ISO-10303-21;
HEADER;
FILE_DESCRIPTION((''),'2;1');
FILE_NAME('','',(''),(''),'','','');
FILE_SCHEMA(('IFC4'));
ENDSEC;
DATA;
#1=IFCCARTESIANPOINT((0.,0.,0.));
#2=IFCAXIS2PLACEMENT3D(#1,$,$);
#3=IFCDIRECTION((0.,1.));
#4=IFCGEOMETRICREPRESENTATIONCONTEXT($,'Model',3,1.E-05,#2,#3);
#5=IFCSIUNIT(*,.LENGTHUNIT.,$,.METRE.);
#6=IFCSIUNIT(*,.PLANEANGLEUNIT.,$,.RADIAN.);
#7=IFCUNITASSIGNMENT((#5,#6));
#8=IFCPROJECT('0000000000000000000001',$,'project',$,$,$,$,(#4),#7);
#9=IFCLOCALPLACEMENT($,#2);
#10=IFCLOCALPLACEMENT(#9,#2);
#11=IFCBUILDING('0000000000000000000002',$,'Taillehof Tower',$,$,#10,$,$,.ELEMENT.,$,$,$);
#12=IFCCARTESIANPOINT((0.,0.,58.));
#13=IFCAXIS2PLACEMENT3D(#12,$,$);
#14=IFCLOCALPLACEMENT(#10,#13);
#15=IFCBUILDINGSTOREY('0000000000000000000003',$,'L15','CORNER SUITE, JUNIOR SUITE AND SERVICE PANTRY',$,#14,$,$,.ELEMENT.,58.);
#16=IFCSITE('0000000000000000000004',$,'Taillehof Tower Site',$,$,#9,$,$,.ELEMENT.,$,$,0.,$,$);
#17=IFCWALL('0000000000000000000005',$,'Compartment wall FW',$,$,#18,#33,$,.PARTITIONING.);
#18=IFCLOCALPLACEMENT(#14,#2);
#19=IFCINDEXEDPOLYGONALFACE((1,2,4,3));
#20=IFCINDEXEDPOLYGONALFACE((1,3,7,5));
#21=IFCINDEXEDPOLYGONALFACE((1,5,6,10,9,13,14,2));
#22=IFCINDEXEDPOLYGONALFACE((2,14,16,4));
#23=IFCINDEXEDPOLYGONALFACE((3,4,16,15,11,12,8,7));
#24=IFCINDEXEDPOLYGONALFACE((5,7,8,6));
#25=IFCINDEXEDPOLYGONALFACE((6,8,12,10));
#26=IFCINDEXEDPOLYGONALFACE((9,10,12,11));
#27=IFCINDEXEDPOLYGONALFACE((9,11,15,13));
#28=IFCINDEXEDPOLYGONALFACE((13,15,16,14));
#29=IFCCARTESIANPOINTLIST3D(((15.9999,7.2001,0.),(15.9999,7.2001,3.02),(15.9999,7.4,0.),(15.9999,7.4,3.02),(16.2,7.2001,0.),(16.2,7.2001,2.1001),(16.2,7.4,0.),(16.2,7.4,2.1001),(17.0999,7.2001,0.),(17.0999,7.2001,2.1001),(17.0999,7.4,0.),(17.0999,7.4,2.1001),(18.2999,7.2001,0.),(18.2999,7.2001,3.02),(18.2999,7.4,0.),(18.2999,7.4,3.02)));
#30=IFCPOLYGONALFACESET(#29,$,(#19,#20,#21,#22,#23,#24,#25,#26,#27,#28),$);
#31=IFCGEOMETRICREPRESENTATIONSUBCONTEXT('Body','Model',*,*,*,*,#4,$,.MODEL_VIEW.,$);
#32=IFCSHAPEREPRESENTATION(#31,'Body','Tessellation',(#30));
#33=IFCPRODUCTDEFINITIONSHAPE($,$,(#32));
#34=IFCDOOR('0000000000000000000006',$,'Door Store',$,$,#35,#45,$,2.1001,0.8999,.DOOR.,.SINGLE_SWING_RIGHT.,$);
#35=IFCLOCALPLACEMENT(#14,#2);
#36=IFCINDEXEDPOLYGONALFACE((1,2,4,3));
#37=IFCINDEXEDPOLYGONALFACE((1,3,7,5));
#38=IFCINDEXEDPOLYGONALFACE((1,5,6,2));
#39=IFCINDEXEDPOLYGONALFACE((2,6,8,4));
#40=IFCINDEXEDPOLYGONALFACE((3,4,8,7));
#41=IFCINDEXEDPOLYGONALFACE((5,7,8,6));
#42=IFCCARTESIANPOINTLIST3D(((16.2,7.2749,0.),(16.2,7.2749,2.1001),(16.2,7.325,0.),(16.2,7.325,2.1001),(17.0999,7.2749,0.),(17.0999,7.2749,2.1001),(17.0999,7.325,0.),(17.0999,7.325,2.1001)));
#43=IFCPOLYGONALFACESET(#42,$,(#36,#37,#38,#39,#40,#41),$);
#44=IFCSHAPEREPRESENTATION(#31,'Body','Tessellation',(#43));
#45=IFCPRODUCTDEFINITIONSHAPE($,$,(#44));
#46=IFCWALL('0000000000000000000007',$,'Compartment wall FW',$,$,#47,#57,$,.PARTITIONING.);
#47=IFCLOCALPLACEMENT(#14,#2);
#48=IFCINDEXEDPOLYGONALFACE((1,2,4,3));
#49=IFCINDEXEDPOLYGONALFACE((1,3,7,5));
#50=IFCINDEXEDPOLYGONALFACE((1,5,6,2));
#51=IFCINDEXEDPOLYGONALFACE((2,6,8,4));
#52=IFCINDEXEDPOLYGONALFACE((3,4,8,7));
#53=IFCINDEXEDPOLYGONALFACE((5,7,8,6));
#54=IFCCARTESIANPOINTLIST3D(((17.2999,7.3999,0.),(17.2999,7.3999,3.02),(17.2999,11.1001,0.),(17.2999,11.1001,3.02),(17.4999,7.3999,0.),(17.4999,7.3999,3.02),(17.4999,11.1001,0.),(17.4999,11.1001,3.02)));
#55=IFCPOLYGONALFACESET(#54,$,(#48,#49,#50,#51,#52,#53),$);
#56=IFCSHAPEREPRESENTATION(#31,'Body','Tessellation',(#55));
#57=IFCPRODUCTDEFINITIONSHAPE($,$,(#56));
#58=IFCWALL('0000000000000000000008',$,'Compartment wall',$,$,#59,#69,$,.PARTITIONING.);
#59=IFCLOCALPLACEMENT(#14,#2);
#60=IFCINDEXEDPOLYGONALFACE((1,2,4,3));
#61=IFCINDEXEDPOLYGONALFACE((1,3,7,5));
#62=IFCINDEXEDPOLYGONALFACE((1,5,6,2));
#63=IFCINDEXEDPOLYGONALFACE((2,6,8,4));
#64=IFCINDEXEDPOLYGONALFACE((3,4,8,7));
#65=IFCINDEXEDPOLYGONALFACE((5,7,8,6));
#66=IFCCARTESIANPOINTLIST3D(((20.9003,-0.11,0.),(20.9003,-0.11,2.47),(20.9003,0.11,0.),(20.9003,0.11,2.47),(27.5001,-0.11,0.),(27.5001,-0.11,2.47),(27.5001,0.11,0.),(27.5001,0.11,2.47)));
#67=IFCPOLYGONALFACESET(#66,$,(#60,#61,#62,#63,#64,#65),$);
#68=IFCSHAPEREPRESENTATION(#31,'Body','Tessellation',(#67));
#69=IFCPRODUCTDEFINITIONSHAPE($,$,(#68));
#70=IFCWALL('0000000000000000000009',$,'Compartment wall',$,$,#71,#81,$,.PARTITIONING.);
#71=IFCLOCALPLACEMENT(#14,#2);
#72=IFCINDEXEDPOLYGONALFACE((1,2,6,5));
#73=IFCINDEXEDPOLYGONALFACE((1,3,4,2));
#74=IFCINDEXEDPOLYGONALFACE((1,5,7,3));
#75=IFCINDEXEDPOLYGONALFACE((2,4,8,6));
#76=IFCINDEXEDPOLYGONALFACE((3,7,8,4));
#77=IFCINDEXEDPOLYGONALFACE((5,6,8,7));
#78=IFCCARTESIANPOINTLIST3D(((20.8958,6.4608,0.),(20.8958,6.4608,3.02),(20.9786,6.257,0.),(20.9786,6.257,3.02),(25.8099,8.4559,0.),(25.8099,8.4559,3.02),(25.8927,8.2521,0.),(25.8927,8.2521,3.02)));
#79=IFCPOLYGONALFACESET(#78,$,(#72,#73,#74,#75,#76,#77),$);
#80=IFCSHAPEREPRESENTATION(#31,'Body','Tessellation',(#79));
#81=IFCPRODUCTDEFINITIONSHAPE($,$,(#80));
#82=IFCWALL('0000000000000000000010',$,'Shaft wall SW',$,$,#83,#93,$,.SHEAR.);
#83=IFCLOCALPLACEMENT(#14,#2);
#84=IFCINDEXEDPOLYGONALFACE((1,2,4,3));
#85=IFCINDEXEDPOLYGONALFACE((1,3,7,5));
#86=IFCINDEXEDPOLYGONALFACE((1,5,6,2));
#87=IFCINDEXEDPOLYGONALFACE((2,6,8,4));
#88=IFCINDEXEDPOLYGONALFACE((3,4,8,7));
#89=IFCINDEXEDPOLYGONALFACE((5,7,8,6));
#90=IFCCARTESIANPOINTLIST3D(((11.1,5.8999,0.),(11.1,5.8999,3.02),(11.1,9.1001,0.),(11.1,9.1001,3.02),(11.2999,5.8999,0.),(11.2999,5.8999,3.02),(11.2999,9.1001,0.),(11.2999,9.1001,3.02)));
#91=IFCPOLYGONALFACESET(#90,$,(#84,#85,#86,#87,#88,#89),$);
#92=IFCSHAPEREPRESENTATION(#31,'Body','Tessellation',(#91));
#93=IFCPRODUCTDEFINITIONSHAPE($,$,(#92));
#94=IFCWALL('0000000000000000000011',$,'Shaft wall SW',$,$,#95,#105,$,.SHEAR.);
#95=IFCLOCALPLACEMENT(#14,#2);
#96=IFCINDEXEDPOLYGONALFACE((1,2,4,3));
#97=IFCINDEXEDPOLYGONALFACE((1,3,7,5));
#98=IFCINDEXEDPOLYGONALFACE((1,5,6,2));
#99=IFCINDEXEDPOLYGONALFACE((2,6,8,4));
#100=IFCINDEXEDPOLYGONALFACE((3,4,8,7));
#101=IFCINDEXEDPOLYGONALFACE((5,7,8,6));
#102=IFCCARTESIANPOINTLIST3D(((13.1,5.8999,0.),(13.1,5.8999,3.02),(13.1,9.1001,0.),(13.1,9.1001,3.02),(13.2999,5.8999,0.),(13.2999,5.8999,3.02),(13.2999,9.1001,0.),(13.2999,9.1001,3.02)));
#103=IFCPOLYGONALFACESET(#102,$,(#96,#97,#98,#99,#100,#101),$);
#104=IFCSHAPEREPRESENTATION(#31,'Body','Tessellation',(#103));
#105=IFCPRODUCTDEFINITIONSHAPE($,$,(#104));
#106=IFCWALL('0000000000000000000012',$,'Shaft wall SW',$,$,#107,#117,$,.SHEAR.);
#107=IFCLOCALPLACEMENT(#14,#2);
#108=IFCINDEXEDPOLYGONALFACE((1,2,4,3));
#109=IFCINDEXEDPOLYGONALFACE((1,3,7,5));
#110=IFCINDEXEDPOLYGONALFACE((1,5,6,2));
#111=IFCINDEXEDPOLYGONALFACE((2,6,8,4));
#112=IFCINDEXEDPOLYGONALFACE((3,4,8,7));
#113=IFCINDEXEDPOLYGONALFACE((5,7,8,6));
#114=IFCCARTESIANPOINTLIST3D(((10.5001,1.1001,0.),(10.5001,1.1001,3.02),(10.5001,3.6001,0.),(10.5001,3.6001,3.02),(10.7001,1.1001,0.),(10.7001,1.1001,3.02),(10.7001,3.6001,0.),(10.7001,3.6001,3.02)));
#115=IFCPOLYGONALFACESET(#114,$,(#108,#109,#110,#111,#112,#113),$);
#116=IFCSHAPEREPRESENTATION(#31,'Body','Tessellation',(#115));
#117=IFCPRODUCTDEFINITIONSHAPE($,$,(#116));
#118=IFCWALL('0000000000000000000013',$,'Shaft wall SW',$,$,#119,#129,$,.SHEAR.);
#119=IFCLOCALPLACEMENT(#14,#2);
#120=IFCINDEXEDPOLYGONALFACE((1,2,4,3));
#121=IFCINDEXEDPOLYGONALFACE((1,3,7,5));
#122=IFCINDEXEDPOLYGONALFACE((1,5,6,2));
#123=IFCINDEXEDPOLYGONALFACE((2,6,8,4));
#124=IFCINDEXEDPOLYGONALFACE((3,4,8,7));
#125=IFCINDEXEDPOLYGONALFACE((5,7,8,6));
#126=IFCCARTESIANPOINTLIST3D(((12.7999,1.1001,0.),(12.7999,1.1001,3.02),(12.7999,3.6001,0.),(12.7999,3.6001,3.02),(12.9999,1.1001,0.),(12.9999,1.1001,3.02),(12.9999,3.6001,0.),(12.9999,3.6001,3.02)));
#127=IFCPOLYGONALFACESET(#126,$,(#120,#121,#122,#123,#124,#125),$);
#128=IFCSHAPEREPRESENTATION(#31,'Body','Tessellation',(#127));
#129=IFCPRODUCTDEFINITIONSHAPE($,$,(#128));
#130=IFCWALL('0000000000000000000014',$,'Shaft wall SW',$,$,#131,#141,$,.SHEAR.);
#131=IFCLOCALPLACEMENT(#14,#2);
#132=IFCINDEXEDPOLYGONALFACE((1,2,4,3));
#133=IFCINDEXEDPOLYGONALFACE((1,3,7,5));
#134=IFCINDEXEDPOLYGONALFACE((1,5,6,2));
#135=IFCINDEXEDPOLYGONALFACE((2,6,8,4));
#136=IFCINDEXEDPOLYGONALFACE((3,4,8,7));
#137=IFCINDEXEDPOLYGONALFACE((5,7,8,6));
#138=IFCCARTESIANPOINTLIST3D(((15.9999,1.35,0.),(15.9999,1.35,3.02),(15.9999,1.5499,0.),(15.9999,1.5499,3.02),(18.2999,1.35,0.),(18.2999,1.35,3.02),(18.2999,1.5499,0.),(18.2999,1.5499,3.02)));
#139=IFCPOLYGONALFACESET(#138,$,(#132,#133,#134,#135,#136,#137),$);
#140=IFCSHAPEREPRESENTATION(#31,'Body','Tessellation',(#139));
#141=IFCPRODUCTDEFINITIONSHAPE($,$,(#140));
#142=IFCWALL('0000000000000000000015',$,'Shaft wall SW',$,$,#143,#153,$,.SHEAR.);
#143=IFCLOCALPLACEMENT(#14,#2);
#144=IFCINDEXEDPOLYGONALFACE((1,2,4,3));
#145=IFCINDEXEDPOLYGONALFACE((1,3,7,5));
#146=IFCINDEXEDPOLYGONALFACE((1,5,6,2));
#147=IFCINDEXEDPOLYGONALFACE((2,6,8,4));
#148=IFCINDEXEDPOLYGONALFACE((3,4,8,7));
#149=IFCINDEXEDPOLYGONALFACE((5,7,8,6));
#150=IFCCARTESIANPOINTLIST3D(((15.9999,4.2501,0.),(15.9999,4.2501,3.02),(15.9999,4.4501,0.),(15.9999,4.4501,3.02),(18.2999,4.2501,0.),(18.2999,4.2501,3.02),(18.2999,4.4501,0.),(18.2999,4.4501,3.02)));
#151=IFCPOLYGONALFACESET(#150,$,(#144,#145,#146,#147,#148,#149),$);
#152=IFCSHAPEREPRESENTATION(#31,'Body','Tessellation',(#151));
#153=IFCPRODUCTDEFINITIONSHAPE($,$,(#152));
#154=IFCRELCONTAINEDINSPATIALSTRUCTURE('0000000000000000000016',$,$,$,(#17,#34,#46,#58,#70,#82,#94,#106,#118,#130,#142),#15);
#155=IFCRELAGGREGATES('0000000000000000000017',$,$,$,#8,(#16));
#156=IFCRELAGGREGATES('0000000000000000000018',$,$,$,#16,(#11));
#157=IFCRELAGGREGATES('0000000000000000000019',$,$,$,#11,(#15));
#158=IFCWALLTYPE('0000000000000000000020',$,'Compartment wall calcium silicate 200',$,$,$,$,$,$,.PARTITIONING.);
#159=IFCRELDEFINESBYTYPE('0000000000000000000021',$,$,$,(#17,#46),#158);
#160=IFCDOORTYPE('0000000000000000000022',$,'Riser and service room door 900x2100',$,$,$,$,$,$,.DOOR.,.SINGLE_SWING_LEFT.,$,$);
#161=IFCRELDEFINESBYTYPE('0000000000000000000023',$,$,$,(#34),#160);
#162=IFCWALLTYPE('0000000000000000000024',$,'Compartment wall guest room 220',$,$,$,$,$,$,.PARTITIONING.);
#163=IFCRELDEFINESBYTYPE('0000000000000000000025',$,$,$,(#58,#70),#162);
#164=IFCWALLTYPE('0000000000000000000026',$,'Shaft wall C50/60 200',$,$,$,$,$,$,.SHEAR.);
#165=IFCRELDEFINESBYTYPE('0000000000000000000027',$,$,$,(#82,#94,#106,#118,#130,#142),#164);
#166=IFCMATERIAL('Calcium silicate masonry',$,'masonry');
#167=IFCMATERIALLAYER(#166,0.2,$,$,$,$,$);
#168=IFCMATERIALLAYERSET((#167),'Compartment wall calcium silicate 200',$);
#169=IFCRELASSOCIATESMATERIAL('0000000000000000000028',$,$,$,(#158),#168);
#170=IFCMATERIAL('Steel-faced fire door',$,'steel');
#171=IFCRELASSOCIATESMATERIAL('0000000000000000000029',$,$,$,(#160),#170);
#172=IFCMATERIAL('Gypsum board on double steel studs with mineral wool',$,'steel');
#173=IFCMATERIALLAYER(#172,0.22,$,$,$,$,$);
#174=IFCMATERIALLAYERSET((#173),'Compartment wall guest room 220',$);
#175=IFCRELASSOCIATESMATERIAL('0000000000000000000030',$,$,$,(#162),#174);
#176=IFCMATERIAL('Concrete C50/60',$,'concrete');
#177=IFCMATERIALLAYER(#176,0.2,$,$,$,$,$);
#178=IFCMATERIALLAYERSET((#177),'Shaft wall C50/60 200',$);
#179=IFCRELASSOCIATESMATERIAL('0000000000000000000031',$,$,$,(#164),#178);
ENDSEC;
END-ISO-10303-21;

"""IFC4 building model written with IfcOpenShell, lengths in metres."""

from ifc_helpers import new_model, si_unit, direction, frame, frame_2d, origin, place, context, subcontext, project, spatial, rectangle, extrude, material, layer, layer_set, type_object, element, fill, save


model = new_model("IFC4")

# Units and contexts
model_context = context("Model", 3, precision=1e-05, world=origin(), true_north=direction((0.0, 1.0)))
body_context = subcontext(model_context, "Body", "Model", "MODEL_VIEW")
ifc_project = project(units=[si_unit("LENGTHUNIT", "METRE"), si_unit("PLANEANGLEUNIT", "RADIAN")], contexts=[model_context])

# Site, building, storey
site_placement = place(None, origin())
site = spatial("IfcSite", under=ifc_project, at=site_placement, Name="Taillehof Tower Site", CompositionType="ELEMENT", RefElevation=0.0)
building_placement = place(site_placement, origin())
building = spatial("IfcBuilding", under=site, at=building_placement, Name="Taillehof Tower", CompositionType="ELEMENT")
storey_placement = place(building_placement, frame((0.0, 0.0, 58.0)))
storey = spatial("IfcBuildingStorey", under=building, at=storey_placement, Name="L15", Description="CORNER SUITE, JUNIOR SUITE AND SERVICE PANTRY", CompositionType="ELEMENT", Elevation=58.0)

# Wall, opening, door
ifc_material_1 = material(Name="Calcium silicate masonry", Category="masonry")
ifc_layer_1 = layer(ifc_material_1, 0.2)
ifc_layer_set_1 = layer_set([ifc_layer_1], Name="Compartment wall calcium silicate 200")
wall_type_1 = type_object("IfcWallType", Name="Compartment wall calcium silicate 200", PredefinedType="PARTITIONING", material=ifc_layer_set_1)
wall_1_placement = place(storey_placement, frame((16.0, 7.3, 0.0), z_axis=(0.0, 0.0, 1.0), x_axis=(1.0, 0.0, 0.0)))
wall_1 = element("IfcWall", 1, at=wall_1_placement, inside=storey, type_object=wall_type_1, Name="Compartment wall FW", PredefinedType="PARTITIONING", context=body_context, shape_type="SweptSolid", body=[
    extrude(rectangle(XDim=2.3, YDim=0.2, at=frame_2d((1.1499, 0.0))), origin(), (0.0, 0.0, 1.0), 3.02),
])
opening_1_placement = place(wall_1_placement, frame((0.2, 0.0, 0.0)))
opening_1 = element("IfcOpeningElement", 2, at=opening_1_placement, cuts=wall_1, PredefinedType="OPENING", context=body_context, shape_type="SweptSolid", body=[
    extrude(rectangle(XDim=0.8999, YDim=2.1001, at=frame_2d((0.45, 1.05))), frame((0.0, 0.1099, 0.0), z_axis=(0.0, -1.0, 0.0), x_axis=(1.0, 0.0, 0.0)), (0.0, 0.0, 1.0), 0.22),
])
ifc_material_2 = material(Name="Steel-faced fire door", Category="steel")
door_type = type_object("IfcDoorType", Name="Riser and service room door 900x2100", OperationType="SINGLE_SWING_LEFT", PredefinedType="DOOR", material=ifc_material_2)
door_placement = place(opening_1_placement, origin())
door = element("IfcDoor", 3, at=door_placement, inside=storey, type_object=door_type, Name="Door Store", OperationType="SINGLE_SWING_RIGHT", OverallHeight=2.1001, OverallWidth=0.8999, PredefinedType="DOOR", context=body_context, shape_type="SweptSolid", body=[
    extrude(rectangle(XDim=0.8999, YDim=2.1001, at=frame_2d((0.45, 1.05))), frame((0.0, 0.0249, 0.0), z_axis=(0.0, -1.0, 0.0), x_axis=(1.0, 0.0, 0.0)), (0.0, 0.0, 1.0), 0.05),
])
fill(opening_1, door)

# Walls
wall_2_placement = place(storey_placement, frame((17.3999, 7.3999, 0.0), z_axis=(0.0, 0.0, 1.0), x_axis=(0.0, 1.0, 0.0)))
element("IfcWall", 4, at=wall_2_placement, inside=storey, type_object=wall_type_1, Name="Compartment wall FW", PredefinedType="PARTITIONING", context=body_context, shape_type="SweptSolid", body=[
    extrude(rectangle(XDim=3.7002, YDim=0.2, at=frame_2d((1.8501, 0.0))), origin(), (0.0, 0.0, 1.0), 3.02),
])
ifc_material_3 = material(Name="Gypsum board on double steel studs with mineral wool", Category="steel")
ifc_layer_2 = layer(ifc_material_3, 0.22)
ifc_layer_set_2 = layer_set([ifc_layer_2], Name="Compartment wall guest room 220")
wall_type_2 = type_object("IfcWallType", Name="Compartment wall guest room 220", PredefinedType="PARTITIONING", material=ifc_layer_set_2)
wall_3_placement = place(storey_placement, frame((27.5, 0.0, 0.0), z_axis=(0.0, 0.0, 1.0), x_axis=(-1.0, 0.0, 0.0)))
element("IfcWall", 5, at=wall_3_placement, inside=storey, type_object=wall_type_2, Name="Compartment wall", PredefinedType="PARTITIONING", context=body_context, shape_type="SweptSolid", body=[
    extrude(rectangle(XDim=6.5999, YDim=0.22, at=frame_2d((3.2998, 0.0))), origin(), (0.0, 0.0, 1.0), 2.47),
])
wall_4_placement = place(storey_placement, frame((25.8513, 8.354, 0.0), z_axis=(0.0, 0.0, 1.0), x_axis=(-0.926547, -0.376179, 0.0)))
element("IfcWall", 6, at=wall_4_placement, inside=storey, type_object=wall_type_2, Name="Compartment wall", PredefinedType="PARTITIONING", context=body_context, shape_type="SweptSolid", body=[
    extrude(rectangle(XDim=5.3037, YDim=0.22, at=frame_2d((2.6519, 0.0))), origin(), (0.0, 0.0, 1.0), 3.02),
])
ifc_material_4 = material(Name="Concrete C50/60", Category="concrete")
ifc_layer_3 = layer(ifc_material_4, 0.2)
ifc_layer_set_3 = layer_set([ifc_layer_3], Name="Shaft wall C50/60 200")
wall_type_3 = type_object("IfcWallType", Name="Shaft wall C50/60 200", PredefinedType="SHEAR", material=ifc_layer_set_3)
for number, where, z_axis, x_axis, name in (
    (7, (11.2, 5.8999, 0.0), (0.0, 0.0, 1.0), (0.0, 1.0, 0.0), "Shaft wall SW"),
    (8, (13.2, 5.8999, 0.0), (0.0, 0.0, 1.0), (0.0, 1.0, 0.0), "Shaft wall SW"),
):
    element("IfcWall", number, at=place(storey_placement, frame(where, z_axis=z_axis, x_axis=x_axis)), inside=storey, type_object=wall_type_3, Name=name, PredefinedType="SHEAR", context=body_context, shape_type="SweptSolid", body=[
        extrude(rectangle(XDim=3.2002, YDim=0.2, at=frame_2d((1.6001, 0.0))), origin(), (0.0, 0.0, 1.0), 3.02),
    ])
for number, where, z_axis, x_axis, name in (
    (9, (10.6001, 1.1001, 0.0), (0.0, 0.0, 1.0), (0.0, 1.0, 0.0), "Shaft wall SW"),
    (10, (12.8999, 1.1001, 0.0), (0.0, 0.0, 1.0), (0.0, 1.0, 0.0), "Shaft wall SW"),
):
    element("IfcWall", number, at=place(storey_placement, frame(where, z_axis=z_axis, x_axis=x_axis)), inside=storey, type_object=wall_type_3, Name=name, PredefinedType="SHEAR", context=body_context, shape_type="SweptSolid", body=[
        extrude(rectangle(XDim=2.5, YDim=0.2, at=frame_2d((1.25, 0.0))), origin(), (0.0, 0.0, 1.0), 3.02),
    ])
for number, where, z_axis, x_axis, name in (
    (11, (16.0, 1.45, 0.0), (0.0, 0.0, 1.0), (1.0, 0.0, 0.0), "Shaft wall SW"),
    (12, (16.0, 4.3501, 0.0), (0.0, 0.0, 1.0), (1.0, 0.0, 0.0), "Shaft wall SW"),
):
    element("IfcWall", number, at=place(storey_placement, frame(where, z_axis=z_axis, x_axis=x_axis)), inside=storey, type_object=wall_type_3, Name=name, PredefinedType="SHEAR", context=body_context, shape_type="SweptSolid", body=[
        extrude(rectangle(XDim=2.3, YDim=0.2, at=frame_2d((1.1499, 0.0))), origin(), (0.0, 0.0, 1.0), 3.02),
    ])

save(model, "model.ifc")
